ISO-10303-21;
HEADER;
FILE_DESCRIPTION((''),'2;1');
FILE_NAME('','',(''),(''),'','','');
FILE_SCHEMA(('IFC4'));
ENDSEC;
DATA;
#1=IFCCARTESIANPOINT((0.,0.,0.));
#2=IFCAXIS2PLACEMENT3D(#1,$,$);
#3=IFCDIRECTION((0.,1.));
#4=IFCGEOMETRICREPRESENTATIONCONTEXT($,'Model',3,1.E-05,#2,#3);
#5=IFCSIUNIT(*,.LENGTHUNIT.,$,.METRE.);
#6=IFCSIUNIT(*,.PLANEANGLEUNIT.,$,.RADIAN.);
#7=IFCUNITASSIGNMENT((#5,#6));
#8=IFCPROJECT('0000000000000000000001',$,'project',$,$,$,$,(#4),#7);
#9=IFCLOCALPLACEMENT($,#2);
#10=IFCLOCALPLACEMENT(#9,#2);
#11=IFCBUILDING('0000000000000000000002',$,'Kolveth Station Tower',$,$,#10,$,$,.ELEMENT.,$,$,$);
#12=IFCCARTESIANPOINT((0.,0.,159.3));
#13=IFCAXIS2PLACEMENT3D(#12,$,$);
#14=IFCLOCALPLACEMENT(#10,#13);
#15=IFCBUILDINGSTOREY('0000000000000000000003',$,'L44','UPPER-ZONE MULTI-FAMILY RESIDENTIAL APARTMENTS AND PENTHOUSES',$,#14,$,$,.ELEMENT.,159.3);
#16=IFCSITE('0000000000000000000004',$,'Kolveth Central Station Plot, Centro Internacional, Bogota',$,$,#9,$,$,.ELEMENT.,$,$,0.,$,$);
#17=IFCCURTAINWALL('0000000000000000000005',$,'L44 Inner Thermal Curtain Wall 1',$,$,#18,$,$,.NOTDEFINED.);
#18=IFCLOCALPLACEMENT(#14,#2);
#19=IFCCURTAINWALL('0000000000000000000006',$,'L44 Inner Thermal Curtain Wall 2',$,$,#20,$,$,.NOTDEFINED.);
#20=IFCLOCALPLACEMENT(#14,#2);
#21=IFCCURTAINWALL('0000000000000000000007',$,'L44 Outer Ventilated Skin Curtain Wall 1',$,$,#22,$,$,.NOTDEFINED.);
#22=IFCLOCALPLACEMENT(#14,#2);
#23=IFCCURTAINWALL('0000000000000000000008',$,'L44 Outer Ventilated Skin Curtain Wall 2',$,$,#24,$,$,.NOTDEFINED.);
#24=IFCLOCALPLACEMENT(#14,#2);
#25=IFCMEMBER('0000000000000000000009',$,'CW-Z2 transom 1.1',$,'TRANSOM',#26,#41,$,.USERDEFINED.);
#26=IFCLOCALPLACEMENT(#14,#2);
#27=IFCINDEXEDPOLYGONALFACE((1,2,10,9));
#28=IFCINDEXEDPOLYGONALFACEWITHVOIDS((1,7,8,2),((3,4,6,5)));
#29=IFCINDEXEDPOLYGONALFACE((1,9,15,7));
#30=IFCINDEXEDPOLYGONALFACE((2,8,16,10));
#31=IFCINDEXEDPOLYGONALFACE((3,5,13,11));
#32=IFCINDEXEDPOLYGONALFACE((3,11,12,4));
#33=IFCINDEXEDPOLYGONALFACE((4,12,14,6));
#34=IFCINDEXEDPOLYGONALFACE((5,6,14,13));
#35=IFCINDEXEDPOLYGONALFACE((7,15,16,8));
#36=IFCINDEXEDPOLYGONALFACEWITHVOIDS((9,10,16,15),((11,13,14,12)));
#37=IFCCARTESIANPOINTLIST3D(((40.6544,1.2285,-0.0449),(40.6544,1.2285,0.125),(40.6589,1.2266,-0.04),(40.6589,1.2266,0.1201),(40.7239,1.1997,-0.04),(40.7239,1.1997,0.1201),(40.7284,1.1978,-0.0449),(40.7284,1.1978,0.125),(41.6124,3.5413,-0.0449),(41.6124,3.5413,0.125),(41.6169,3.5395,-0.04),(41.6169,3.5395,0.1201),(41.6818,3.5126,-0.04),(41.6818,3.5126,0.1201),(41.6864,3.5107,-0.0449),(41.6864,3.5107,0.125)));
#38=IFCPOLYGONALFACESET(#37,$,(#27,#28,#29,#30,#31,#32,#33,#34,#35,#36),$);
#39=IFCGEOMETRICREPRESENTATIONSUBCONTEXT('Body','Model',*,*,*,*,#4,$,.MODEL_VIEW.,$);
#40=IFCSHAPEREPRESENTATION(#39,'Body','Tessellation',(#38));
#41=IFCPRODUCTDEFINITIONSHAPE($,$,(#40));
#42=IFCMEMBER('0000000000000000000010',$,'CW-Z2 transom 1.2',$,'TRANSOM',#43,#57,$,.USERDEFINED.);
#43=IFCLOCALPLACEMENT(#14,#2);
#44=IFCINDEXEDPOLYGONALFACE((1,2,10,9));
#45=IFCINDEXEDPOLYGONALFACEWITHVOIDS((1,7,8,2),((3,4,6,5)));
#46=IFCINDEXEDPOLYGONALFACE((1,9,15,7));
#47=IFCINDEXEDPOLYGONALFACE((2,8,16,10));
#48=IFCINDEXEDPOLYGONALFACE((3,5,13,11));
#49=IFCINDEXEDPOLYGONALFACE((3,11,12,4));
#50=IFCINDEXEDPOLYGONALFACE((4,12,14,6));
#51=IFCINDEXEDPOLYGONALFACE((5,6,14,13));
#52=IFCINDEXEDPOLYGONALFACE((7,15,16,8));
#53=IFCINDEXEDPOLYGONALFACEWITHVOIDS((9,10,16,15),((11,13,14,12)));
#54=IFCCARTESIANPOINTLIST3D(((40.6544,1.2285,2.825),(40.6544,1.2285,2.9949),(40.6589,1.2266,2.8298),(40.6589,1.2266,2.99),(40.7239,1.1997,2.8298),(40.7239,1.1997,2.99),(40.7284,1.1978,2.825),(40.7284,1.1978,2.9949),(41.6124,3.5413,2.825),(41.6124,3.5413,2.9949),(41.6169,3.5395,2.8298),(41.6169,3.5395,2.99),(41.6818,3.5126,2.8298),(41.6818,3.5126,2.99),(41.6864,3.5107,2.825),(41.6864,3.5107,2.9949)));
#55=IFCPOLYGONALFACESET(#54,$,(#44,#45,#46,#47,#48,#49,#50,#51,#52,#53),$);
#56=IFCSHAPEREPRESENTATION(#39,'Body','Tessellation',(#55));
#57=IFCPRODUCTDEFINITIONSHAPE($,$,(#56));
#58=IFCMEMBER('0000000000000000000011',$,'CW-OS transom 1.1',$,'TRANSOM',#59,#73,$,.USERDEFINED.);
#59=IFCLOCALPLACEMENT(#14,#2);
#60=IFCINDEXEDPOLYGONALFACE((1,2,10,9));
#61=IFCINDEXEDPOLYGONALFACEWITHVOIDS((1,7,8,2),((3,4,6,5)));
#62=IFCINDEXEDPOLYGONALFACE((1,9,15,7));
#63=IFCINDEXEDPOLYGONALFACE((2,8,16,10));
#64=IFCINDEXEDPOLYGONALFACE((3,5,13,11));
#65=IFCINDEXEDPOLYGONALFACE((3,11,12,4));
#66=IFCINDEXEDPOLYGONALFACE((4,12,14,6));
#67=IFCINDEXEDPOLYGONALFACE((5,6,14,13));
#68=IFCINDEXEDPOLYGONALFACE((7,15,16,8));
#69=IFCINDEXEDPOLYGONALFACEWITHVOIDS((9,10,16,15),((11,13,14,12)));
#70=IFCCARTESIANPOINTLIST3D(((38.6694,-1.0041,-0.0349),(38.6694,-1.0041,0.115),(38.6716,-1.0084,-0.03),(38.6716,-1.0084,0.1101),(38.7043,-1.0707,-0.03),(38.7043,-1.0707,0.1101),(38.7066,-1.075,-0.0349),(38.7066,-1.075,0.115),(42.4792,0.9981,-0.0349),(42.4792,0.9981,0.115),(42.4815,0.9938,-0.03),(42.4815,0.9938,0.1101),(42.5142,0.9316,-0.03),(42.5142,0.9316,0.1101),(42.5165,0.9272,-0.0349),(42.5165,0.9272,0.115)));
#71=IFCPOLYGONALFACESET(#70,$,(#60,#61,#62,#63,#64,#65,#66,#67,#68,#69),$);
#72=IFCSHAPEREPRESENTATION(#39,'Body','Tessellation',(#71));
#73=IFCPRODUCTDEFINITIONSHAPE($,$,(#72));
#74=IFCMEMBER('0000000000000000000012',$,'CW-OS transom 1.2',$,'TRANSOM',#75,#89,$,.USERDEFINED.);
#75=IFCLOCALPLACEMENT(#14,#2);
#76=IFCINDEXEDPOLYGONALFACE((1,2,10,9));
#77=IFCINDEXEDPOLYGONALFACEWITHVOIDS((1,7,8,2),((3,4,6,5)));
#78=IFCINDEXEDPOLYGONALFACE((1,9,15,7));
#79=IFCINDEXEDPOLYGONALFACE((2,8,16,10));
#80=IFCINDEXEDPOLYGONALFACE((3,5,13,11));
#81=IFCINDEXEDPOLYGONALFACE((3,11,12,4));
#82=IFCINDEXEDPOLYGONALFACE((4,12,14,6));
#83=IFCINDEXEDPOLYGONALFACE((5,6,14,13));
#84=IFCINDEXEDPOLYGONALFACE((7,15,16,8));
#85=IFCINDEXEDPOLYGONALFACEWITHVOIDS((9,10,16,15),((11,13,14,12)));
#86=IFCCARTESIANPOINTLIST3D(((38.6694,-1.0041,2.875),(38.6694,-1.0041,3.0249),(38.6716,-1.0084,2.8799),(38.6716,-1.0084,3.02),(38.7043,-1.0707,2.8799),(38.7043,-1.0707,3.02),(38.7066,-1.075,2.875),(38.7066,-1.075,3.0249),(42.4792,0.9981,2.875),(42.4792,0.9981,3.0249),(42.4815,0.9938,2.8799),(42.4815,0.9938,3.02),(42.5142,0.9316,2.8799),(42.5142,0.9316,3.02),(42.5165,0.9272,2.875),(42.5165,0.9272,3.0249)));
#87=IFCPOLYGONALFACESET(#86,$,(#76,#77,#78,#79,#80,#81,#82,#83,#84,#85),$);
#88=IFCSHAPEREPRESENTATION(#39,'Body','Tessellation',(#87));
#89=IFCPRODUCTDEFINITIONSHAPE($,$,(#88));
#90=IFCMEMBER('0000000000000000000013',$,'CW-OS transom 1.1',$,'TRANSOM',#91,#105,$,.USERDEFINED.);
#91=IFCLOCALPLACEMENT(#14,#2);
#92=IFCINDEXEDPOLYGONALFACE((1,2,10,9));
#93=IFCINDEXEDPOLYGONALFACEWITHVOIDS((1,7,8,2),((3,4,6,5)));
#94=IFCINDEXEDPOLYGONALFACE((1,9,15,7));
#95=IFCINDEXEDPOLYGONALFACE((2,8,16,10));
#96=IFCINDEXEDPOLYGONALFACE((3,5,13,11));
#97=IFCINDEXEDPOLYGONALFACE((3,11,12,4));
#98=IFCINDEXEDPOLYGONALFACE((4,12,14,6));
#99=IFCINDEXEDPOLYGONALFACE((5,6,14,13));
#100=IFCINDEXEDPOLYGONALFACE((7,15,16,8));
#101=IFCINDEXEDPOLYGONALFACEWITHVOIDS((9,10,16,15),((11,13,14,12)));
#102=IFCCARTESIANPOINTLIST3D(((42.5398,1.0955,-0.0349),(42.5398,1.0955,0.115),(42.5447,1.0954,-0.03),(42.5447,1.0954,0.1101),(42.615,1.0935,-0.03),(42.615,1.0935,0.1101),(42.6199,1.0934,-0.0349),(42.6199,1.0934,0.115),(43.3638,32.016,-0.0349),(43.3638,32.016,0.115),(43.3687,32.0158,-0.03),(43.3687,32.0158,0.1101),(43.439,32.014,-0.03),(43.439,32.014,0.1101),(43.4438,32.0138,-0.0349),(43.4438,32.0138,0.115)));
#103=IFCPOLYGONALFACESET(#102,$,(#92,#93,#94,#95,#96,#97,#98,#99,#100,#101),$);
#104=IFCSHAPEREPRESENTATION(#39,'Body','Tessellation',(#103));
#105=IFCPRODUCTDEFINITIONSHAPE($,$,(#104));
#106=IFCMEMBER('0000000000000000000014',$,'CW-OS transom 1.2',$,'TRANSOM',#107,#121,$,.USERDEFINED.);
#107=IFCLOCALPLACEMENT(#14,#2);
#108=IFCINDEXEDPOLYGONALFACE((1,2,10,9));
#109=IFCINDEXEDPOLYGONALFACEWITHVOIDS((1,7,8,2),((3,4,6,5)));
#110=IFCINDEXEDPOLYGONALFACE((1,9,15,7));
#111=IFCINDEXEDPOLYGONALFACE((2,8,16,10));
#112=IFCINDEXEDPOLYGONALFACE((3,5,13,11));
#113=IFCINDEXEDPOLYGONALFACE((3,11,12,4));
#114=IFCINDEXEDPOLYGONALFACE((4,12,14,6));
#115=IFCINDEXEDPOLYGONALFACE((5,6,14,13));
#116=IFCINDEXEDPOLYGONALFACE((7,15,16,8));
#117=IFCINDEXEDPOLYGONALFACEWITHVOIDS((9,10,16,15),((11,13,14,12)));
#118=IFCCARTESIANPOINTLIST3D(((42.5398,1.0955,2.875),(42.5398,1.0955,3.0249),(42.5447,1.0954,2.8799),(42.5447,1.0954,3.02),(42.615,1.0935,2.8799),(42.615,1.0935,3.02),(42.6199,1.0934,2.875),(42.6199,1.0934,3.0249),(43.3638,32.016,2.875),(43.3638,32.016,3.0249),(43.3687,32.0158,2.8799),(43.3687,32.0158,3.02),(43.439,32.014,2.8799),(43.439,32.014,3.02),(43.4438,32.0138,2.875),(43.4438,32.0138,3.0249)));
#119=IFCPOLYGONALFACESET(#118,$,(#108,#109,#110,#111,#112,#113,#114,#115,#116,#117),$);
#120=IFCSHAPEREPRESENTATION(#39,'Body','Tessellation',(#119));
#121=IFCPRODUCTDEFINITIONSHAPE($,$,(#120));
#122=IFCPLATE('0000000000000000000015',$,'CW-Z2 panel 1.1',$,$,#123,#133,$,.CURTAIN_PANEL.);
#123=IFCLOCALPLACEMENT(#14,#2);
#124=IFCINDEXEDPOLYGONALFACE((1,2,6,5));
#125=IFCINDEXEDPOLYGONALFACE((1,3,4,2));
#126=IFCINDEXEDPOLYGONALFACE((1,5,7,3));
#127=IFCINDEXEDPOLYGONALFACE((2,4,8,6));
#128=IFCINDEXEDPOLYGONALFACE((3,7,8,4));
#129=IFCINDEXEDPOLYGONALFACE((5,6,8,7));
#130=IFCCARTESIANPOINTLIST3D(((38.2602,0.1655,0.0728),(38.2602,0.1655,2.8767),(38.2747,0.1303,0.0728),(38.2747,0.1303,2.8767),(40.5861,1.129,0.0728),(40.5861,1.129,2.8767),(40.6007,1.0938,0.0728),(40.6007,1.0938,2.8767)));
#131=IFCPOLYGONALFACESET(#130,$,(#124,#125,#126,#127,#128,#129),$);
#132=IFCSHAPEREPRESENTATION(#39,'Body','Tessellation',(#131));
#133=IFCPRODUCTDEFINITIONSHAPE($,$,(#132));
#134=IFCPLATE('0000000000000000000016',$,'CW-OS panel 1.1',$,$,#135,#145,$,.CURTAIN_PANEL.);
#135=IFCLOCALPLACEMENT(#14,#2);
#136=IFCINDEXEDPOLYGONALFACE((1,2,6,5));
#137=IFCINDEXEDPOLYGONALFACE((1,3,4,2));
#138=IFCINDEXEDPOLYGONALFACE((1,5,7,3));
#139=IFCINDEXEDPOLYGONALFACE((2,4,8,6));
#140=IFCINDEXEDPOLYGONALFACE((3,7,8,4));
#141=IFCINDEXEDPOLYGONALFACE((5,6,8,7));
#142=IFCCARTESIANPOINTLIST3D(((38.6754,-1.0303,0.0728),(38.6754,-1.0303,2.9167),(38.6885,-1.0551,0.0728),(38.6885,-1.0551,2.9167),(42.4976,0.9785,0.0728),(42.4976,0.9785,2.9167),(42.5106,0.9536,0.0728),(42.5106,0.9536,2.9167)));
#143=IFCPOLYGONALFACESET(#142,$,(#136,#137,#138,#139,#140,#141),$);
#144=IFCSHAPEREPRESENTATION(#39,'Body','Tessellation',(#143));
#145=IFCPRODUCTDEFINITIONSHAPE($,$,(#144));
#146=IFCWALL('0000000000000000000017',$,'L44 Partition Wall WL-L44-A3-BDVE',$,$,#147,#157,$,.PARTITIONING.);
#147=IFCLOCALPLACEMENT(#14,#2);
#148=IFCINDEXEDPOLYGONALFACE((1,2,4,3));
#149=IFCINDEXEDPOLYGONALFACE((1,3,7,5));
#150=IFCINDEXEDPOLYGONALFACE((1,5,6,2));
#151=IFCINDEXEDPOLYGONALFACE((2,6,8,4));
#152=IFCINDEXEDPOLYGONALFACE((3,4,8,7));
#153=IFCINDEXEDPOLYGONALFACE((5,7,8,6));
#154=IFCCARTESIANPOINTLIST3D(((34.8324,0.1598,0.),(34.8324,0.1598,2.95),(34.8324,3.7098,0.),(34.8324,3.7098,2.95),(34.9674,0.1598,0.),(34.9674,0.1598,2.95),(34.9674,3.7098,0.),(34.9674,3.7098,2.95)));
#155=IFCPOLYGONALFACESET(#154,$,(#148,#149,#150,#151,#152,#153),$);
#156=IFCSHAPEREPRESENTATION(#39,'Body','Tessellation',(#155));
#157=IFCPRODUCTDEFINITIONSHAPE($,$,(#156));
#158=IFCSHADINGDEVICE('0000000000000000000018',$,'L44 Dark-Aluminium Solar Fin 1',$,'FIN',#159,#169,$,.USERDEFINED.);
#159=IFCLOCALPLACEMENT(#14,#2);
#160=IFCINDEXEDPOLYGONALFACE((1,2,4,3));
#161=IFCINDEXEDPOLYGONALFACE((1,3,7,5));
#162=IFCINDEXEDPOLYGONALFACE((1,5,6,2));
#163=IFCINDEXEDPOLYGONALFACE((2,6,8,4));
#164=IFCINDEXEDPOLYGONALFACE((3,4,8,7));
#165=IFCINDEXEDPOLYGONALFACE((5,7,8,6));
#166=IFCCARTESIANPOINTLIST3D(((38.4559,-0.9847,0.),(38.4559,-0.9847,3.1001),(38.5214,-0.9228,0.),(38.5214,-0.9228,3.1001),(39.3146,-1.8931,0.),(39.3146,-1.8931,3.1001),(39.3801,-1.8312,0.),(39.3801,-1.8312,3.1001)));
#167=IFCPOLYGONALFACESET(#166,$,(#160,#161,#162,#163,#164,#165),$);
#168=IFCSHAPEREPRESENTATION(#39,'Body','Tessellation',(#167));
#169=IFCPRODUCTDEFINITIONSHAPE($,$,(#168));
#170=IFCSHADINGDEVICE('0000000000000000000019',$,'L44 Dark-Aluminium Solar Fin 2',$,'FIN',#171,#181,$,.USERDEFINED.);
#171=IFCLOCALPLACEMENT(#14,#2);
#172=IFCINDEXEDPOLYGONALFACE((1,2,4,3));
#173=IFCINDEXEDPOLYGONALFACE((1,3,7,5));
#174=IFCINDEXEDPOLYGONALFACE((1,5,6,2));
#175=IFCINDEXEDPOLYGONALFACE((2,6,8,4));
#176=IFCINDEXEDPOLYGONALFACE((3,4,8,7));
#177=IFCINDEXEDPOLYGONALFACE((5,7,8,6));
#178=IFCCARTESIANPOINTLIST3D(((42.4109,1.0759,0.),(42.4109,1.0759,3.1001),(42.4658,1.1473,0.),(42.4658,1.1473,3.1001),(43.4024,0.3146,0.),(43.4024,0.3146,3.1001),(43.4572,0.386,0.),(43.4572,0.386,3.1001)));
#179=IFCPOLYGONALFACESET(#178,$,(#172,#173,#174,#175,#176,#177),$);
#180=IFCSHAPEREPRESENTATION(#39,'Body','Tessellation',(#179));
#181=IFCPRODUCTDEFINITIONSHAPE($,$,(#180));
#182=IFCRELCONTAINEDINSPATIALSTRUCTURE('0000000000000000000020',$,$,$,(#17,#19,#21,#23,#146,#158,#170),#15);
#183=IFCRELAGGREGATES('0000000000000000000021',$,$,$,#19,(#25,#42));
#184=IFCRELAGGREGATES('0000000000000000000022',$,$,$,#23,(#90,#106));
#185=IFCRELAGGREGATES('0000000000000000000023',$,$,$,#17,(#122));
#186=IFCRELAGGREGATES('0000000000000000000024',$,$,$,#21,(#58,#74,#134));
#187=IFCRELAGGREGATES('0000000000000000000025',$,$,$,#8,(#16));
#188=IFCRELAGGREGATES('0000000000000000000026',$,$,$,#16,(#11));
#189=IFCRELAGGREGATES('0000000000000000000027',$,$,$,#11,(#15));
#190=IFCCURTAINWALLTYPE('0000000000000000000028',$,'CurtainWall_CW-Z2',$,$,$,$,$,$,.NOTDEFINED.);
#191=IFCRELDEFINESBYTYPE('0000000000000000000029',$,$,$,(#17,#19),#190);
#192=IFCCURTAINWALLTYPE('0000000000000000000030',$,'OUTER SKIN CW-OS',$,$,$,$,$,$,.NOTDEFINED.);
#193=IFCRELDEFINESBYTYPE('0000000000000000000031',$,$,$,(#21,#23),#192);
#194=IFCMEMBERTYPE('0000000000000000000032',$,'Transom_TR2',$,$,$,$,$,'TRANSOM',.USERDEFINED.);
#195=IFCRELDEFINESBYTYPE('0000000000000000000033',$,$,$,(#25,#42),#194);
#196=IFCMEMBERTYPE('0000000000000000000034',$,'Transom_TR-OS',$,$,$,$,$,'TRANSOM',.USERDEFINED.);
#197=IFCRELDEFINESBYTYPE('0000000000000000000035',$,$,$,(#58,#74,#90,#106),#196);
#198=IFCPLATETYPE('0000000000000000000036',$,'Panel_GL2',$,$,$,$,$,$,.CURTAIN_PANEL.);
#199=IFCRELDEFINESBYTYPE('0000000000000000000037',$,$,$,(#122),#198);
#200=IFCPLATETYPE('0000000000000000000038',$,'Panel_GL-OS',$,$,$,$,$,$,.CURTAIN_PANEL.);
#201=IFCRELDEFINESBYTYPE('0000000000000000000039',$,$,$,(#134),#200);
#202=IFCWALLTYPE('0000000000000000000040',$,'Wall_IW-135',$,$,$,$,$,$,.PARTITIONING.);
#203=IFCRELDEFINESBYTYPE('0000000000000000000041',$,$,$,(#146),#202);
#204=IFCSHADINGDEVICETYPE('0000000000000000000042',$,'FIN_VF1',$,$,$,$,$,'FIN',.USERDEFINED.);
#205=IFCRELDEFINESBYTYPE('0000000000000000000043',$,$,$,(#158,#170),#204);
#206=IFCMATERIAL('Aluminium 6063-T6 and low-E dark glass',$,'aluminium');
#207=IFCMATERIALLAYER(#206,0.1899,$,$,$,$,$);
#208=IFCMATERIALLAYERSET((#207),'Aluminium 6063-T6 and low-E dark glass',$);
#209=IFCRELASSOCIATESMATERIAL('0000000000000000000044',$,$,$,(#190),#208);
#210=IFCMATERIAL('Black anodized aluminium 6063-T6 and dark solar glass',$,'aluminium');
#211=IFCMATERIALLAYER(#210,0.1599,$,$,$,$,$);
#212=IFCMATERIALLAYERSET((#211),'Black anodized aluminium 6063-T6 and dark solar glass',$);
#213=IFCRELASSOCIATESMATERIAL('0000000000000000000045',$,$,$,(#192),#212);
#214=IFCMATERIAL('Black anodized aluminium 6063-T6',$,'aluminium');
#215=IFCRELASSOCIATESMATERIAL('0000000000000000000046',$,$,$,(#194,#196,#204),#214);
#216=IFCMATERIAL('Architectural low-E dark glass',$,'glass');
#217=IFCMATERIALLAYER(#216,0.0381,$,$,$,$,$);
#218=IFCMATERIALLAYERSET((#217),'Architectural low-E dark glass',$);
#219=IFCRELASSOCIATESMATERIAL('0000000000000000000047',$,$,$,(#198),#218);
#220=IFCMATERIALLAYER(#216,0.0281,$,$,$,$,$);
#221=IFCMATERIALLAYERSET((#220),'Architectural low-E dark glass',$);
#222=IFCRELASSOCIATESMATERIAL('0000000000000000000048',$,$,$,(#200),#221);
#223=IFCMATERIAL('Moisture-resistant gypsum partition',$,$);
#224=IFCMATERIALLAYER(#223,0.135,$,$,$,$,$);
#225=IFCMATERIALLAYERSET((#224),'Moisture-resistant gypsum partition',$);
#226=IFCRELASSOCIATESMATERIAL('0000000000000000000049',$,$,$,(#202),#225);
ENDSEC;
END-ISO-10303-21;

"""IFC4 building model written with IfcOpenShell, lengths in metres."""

from ifc_helpers import new_model, si_unit, direction, frame, frame_2d, origin, origin_2d, place, context, subcontext, project, spatial, rectangle, hollow_rectangle, extrude, source, transform, mapped, material, layer, layer_set, material_profile, profile_set, type_object, element, aggregate, save


model = new_model("IFC4")

# Units and contexts
model_context = context("Model", 3, precision=1e-05, world=origin(), true_north=direction((0.0, 1.0)))
body_context = subcontext(model_context, "Body", "Model", "MODEL_VIEW")
ifc_project = project(units=[si_unit("LENGTHUNIT", "METRE"), si_unit("PLANEANGLEUNIT", "RADIAN")], contexts=[model_context])

# Site, building, storey
site_placement = place(None, origin())
site = spatial("IfcSite", under=ifc_project, at=site_placement, Name="Kolveth Central Station Plot, Centro Internacional, Bogota", CompositionType="ELEMENT", RefElevation=0.0)
building_placement = place(site_placement, origin())
building = spatial("IfcBuilding", under=site, at=building_placement, Name="Kolveth Station Tower", CompositionType="ELEMENT")
storey_placement = place(building_placement, frame((0.0, 0.0, 159.3)))
storey = spatial("IfcBuildingStorey", under=building, at=storey_placement, Name="L44", Description="UPPER-ZONE MULTI-FAMILY RESIDENTIAL APARTMENTS AND PENTHOUSES", CompositionType="ELEMENT", Elevation=159.3)

# Curtain wall
ifc_material_1 = material(Name="Aluminium 6063-T6 and low-E dark glass", Category="aluminium")
ifc_layer_1 = layer(ifc_material_1, 0.1899)
ifc_layer_set_1 = layer_set([ifc_layer_1], Name="Aluminium 6063-T6 and low-E dark glass")
curtain_wall_type_1 = type_object("IfcCurtainWallType", Name="CurtainWall_CW-Z2", PredefinedType="NOTDEFINED", material=ifc_layer_set_1)
curtain_wall_1_placement = place(storey_placement, origin())
curtain_wall_1 = element("IfcCurtainWall", 1, at=curtain_wall_1_placement, inside=storey, type_object=curtain_wall_type_1, Name="L44 Inner Thermal Curtain Wall 1", PredefinedType="NOTDEFINED")
ifc_material_2 = material(Name="Black anodized aluminium 6063-T6", Category="aluminium")

# Curtain wall
curtain_wall_2_placement = place(storey_placement, origin())
curtain_wall_2 = element("IfcCurtainWall", 2, at=curtain_wall_2_placement, inside=storey, type_object=curtain_wall_type_1, Name="L44 Inner Thermal Curtain Wall 2", PredefinedType="NOTDEFINED")

# Curtain wall
ifc_material_3 = material(Name="Black anodized aluminium 6063-T6 and dark solar glass", Category="aluminium")
ifc_layer_2 = layer(ifc_material_3, 0.1599)
ifc_layer_set_2 = layer_set([ifc_layer_2], Name="Black anodized aluminium 6063-T6 and dark solar glass")
curtain_wall_type_2 = type_object("IfcCurtainWallType", Name="OUTER SKIN CW-OS", PredefinedType="NOTDEFINED", material=ifc_layer_set_2)
curtain_wall_3_placement = place(storey_placement, origin())
curtain_wall_3 = element("IfcCurtainWall", 3, at=curtain_wall_3_placement, inside=storey, type_object=curtain_wall_type_2, Name="L44 Outer Ventilated Skin Curtain Wall 1", PredefinedType="NOTDEFINED")

# Curtain wall
curtain_wall_4_placement = place(storey_placement, origin())
curtain_wall_4 = element("IfcCurtainWall", 4, at=curtain_wall_4_placement, inside=storey, type_object=curtain_wall_type_2, Name="L44 Outer Ventilated Skin Curtain Wall 2", PredefinedType="NOTDEFINED")

# Members
ifc_material_profile_1 = material_profile(ifc_material_2, hollow_rectangle(XDim=0.0801, YDim=0.1699, WallThickness=0.0049, at=origin_2d()), Name="ALU-80x170x5")
ifc_profile_set_1 = profile_set([ifc_material_profile_1], Name="Black anodized aluminium 6063-T6")
member_type_1 = type_object("IfcMemberType", Name="Transom_TR2", ElementType="TRANSOM", PredefinedType="USERDEFINED", material=ifc_profile_set_1)
shared_shape_1 = source(origin(), body_context, "Body", "SweptSolid", [
    extrude(hollow_rectangle(XDim=0.0801, YDim=0.1699, WallThickness=0.0049, at=origin_2d()), origin(), (0.0, 0.0, 1.0), 2.5034),
])
member_1_placement = place(storey_placement, frame((40.6914, 1.2131, 0.04), z_axis=(0.382662, 0.923888, 0.0), x_axis=(-0.923888, 0.382662, 0.0)))
member_1 = element("IfcMember", 5, at=member_1_placement, type_object=member_type_1, Name="CW-Z2 transom 1.1", ObjectType="TRANSOM", PredefinedType="USERDEFINED", context=body_context, shape_type="MappedRepresentation", body=[
    mapped(shared_shape_1, transform((0.0, 0.0, 0.0), x_axis=(1.0, 0.0, 0.0), y_axis=(0.0, 1.0, 0.0), z_axis=(0.0, 0.0, 1.0), scale=1.0)),
])
member_2_placement = place(storey_placement, frame((40.6914, 1.2131, 2.9099), z_axis=(0.382662, 0.923888, 0.0), x_axis=(-0.923888, 0.382662, 0.0)))
member_2 = element("IfcMember", 6, at=member_2_placement, type_object=member_type_1, Name="CW-Z2 transom 1.2", ObjectType="TRANSOM", PredefinedType="USERDEFINED", context=body_context, shape_type="MappedRepresentation", body=[
    mapped(shared_shape_1, transform((0.0, 0.0, 0.0), x_axis=(1.0, 0.0, 0.0), y_axis=(0.0, 1.0, 0.0), z_axis=(0.0, 0.0, 1.0), scale=1.0)),
])
aggregate(curtain_wall_2, [member_1, member_2])
ifc_material_profile_2 = material_profile(ifc_material_2, hollow_rectangle(XDim=0.0801, YDim=0.1499, WallThickness=0.0049, at=origin_2d()), Name="ALU-80x150x5")
ifc_profile_set_2 = profile_set([ifc_material_profile_2], Name="Black anodized aluminium 6063-T6")
member_type_2 = type_object("IfcMemberType", Name="Transom_TR-OS", ElementType="TRANSOM", PredefinedType="USERDEFINED", material=ifc_profile_set_2)
shared_shape_2 = source(origin(), body_context, "Body", "SweptSolid", [
    extrude(hollow_rectangle(XDim=0.0801, YDim=0.1499, WallThickness=0.0049, at=origin_2d()), origin(), (0.0, 0.0, 1.0), 4.304),
])
member_3_placement = place(storey_placement, frame((38.688, -1.0396, 0.04), z_axis=(0.885202, 0.465206, 0.0), x_axis=(-0.465206, 0.885202, 0.0)))
member_3 = element("IfcMember", 7, at=member_3_placement, type_object=member_type_2, Name="CW-OS transom 1.1", ObjectType="TRANSOM", PredefinedType="USERDEFINED", context=body_context, shape_type="MappedRepresentation", body=[
    mapped(shared_shape_2, transform((0.0, 0.0, 0.0), x_axis=(1.0, 0.0, 0.0), y_axis=(0.0, 1.0, 0.0), z_axis=(0.0, 0.0, 1.0), scale=1.0)),
])
member_4_placement = place(storey_placement, frame((38.688, -1.0396, 2.95), z_axis=(0.885202, 0.465206, 0.0), x_axis=(-0.465206, 0.885202, 0.0)))
member_4 = element("IfcMember", 8, at=member_4_placement, type_object=member_type_2, Name="CW-OS transom 1.2", ObjectType="TRANSOM", PredefinedType="USERDEFINED", context=body_context, shape_type="MappedRepresentation", body=[
    mapped(shared_shape_2, transform((0.0, 0.0, 0.0), x_axis=(1.0, 0.0, 0.0), y_axis=(0.0, 1.0, 0.0), z_axis=(0.0, 0.0, 1.0), scale=1.0)),
])
shared_shape_3 = source(origin(), body_context, "Body", "SweptSolid", [
    extrude(hollow_rectangle(XDim=0.0801, YDim=0.1499, WallThickness=0.0049, at=origin_2d()), origin(), (0.0, 0.0, 1.0), 30.9314),
])
member_5_placement = place(storey_placement, frame((42.5798, 1.0945, 0.04), z_axis=(0.026639, 0.999645, 0.0), x_axis=(-0.999645, 0.026639, 0.0)))
member_5 = element("IfcMember", 9, at=member_5_placement, type_object=member_type_2, Name="CW-OS transom 1.1", ObjectType="TRANSOM", PredefinedType="USERDEFINED", context=body_context, shape_type="MappedRepresentation", body=[
    mapped(shared_shape_3, transform((0.0, 0.0, 0.0), x_axis=(1.0, 0.0, 0.0), y_axis=(0.0, 1.0, 0.0), z_axis=(0.0, 0.0, 1.0), scale=1.0)),
])
member_6_placement = place(storey_placement, frame((42.5798, 1.0945, 2.95), z_axis=(0.026639, 0.999645, 0.0), x_axis=(-0.999645, 0.026639, 0.0)))
member_6 = element("IfcMember", 10, at=member_6_placement, type_object=member_type_2, Name="CW-OS transom 1.2", ObjectType="TRANSOM", PredefinedType="USERDEFINED", context=body_context, shape_type="MappedRepresentation", body=[
    mapped(shared_shape_3, transform((0.0, 0.0, 0.0), x_axis=(1.0, 0.0, 0.0), y_axis=(0.0, 1.0, 0.0), z_axis=(0.0, 0.0, 1.0), scale=1.0)),
])
aggregate(curtain_wall_4, [member_5, member_6])

# Plates
ifc_material_4 = material(Name="Architectural low-E dark glass", Category="glass")
ifc_layer_3 = layer(ifc_material_4, 0.0381)
ifc_layer_set_3 = layer_set([ifc_layer_3], Name="Architectural low-E dark glass")
plate_type_1 = type_object("IfcPlateType", Name="Panel_GL2", PredefinedType="CURTAIN_PANEL", material=ifc_layer_set_3)
shared_shape_4 = source(origin(), body_context, "Body", "SweptSolid", [
    extrude(rectangle(XDim=2.5176, YDim=0.0381, at=origin_2d()), origin(), (0.0, 0.0, 1.0), 2.804),
])
plate_1_placement = place(storey_placement, frame((39.4304, 0.6296, 0.0728), z_axis=(0.0, 0.0, 1.0), x_axis=(0.923874, 0.382698, 0.0)))
plate_1 = element("IfcPlate", 11, at=plate_1_placement, type_object=plate_type_1, Name="CW-Z2 panel 1.1", PredefinedType="CURTAIN_PANEL", context=body_context, shape_type="MappedRepresentation", body=[
    mapped(shared_shape_4, transform((0.0, 0.0, 0.0), x_axis=(1.0, 0.0, 0.0), y_axis=(0.0, 1.0, 0.0), z_axis=(0.0, 0.0, 1.0), scale=1.0)),
])
aggregate(curtain_wall_1, [plate_1])
ifc_layer_4 = layer(ifc_material_4, 0.0281)
ifc_layer_set_4 = layer_set([ifc_layer_4], Name="Architectural low-E dark glass")
plate_type_2 = type_object("IfcPlateType", Name="Panel_GL-OS", PredefinedType="CURTAIN_PANEL", material=ifc_layer_set_4)
shared_shape_5 = source(origin(), body_context, "Body", "SweptSolid", [
    extrude(rectangle(XDim=4.3179, YDim=0.0281, at=origin_2d()), origin(), (0.0, 0.0, 1.0), 2.844),
])
plate_2_placement = place(storey_placement, frame((40.593, -0.0383, 0.0728), z_axis=(0.0, 0.0, 1.0), x_axis=(0.885194, 0.465222, 0.0)))
plate_2 = element("IfcPlate", 12, at=plate_2_placement, type_object=plate_type_2, Name="CW-OS panel 1.1", PredefinedType="CURTAIN_PANEL", context=body_context, shape_type="MappedRepresentation", body=[
    mapped(shared_shape_5, transform((0.0, 0.0, 0.0), x_axis=(1.0, 0.0, 0.0), y_axis=(0.0, 1.0, 0.0), z_axis=(0.0, 0.0, 1.0), scale=1.0)),
])
aggregate(curtain_wall_3, [member_3, member_4, plate_2])

# Wall
ifc_material_5 = material(Name="Moisture-resistant gypsum partition")
ifc_layer_5 = layer(ifc_material_5, 0.135)
ifc_layer_set_5 = layer_set([ifc_layer_5], Name="Moisture-resistant gypsum partition")
wall_type = type_object("IfcWallType", Name="Wall_IW-135", PredefinedType="PARTITIONING", material=ifc_layer_set_5)
wall_placement = place(storey_placement, frame((34.8999, 0.1599, 0.0), z_axis=(0.0, 0.0, 1.0), x_axis=(0.0, 1.0, 0.0)))
element("IfcWall", 13, at=wall_placement, inside=storey, type_object=wall_type, Name="L44 Partition Wall WL-L44-A3-BDVE", PredefinedType="PARTITIONING", context=body_context, shape_type="SweptSolid", body=[
    extrude(rectangle(XDim=3.55, YDim=0.135, at=frame_2d((1.7749, 0.0))), origin(), (0.0, 0.0, 1.0), 2.95),
])

# Shading devices
shading_device_type = type_object("IfcShadingDeviceType", Name="FIN_VF1", ElementType="FIN", PredefinedType="USERDEFINED", material=ifc_material_2)
shared_shape_6 = source(origin(), body_context, "Body", "SweptSolid", [
    extrude(rectangle(XDim=1.25, YDim=0.0901, at=origin_2d()), origin(), (0.0, 0.0, 1.0), 3.1001),
])
for number, where, z_axis, x_axis, name in (
    (14, (38.918, -1.408, 0.0), (0.0, 0.0, 1.0), (0.686961, -0.726695, 0.0), "L44 Dark-Aluminium Solar Fin 1"),
    (15, (42.9341, 0.731, 0.0), (0.0, 0.0, 1.0), (0.793141, -0.609038, 0.0), "L44 Dark-Aluminium Solar Fin 2"),
):
    element("IfcShadingDevice", number, at=place(storey_placement, frame(where, z_axis=z_axis, x_axis=x_axis)), inside=storey, type_object=shading_device_type, Name=name, ObjectType="FIN", PredefinedType="USERDEFINED", context=body_context, shape_type="MappedRepresentation", body=[
        mapped(shared_shape_6, transform((0.0, 0.0, 0.0), x_axis=(1.0, 0.0, 0.0), y_axis=(0.0, 1.0, 0.0), z_axis=(0.0, 0.0, 1.0), scale=1.0)),
    ])

save(model, "model.ifc")
